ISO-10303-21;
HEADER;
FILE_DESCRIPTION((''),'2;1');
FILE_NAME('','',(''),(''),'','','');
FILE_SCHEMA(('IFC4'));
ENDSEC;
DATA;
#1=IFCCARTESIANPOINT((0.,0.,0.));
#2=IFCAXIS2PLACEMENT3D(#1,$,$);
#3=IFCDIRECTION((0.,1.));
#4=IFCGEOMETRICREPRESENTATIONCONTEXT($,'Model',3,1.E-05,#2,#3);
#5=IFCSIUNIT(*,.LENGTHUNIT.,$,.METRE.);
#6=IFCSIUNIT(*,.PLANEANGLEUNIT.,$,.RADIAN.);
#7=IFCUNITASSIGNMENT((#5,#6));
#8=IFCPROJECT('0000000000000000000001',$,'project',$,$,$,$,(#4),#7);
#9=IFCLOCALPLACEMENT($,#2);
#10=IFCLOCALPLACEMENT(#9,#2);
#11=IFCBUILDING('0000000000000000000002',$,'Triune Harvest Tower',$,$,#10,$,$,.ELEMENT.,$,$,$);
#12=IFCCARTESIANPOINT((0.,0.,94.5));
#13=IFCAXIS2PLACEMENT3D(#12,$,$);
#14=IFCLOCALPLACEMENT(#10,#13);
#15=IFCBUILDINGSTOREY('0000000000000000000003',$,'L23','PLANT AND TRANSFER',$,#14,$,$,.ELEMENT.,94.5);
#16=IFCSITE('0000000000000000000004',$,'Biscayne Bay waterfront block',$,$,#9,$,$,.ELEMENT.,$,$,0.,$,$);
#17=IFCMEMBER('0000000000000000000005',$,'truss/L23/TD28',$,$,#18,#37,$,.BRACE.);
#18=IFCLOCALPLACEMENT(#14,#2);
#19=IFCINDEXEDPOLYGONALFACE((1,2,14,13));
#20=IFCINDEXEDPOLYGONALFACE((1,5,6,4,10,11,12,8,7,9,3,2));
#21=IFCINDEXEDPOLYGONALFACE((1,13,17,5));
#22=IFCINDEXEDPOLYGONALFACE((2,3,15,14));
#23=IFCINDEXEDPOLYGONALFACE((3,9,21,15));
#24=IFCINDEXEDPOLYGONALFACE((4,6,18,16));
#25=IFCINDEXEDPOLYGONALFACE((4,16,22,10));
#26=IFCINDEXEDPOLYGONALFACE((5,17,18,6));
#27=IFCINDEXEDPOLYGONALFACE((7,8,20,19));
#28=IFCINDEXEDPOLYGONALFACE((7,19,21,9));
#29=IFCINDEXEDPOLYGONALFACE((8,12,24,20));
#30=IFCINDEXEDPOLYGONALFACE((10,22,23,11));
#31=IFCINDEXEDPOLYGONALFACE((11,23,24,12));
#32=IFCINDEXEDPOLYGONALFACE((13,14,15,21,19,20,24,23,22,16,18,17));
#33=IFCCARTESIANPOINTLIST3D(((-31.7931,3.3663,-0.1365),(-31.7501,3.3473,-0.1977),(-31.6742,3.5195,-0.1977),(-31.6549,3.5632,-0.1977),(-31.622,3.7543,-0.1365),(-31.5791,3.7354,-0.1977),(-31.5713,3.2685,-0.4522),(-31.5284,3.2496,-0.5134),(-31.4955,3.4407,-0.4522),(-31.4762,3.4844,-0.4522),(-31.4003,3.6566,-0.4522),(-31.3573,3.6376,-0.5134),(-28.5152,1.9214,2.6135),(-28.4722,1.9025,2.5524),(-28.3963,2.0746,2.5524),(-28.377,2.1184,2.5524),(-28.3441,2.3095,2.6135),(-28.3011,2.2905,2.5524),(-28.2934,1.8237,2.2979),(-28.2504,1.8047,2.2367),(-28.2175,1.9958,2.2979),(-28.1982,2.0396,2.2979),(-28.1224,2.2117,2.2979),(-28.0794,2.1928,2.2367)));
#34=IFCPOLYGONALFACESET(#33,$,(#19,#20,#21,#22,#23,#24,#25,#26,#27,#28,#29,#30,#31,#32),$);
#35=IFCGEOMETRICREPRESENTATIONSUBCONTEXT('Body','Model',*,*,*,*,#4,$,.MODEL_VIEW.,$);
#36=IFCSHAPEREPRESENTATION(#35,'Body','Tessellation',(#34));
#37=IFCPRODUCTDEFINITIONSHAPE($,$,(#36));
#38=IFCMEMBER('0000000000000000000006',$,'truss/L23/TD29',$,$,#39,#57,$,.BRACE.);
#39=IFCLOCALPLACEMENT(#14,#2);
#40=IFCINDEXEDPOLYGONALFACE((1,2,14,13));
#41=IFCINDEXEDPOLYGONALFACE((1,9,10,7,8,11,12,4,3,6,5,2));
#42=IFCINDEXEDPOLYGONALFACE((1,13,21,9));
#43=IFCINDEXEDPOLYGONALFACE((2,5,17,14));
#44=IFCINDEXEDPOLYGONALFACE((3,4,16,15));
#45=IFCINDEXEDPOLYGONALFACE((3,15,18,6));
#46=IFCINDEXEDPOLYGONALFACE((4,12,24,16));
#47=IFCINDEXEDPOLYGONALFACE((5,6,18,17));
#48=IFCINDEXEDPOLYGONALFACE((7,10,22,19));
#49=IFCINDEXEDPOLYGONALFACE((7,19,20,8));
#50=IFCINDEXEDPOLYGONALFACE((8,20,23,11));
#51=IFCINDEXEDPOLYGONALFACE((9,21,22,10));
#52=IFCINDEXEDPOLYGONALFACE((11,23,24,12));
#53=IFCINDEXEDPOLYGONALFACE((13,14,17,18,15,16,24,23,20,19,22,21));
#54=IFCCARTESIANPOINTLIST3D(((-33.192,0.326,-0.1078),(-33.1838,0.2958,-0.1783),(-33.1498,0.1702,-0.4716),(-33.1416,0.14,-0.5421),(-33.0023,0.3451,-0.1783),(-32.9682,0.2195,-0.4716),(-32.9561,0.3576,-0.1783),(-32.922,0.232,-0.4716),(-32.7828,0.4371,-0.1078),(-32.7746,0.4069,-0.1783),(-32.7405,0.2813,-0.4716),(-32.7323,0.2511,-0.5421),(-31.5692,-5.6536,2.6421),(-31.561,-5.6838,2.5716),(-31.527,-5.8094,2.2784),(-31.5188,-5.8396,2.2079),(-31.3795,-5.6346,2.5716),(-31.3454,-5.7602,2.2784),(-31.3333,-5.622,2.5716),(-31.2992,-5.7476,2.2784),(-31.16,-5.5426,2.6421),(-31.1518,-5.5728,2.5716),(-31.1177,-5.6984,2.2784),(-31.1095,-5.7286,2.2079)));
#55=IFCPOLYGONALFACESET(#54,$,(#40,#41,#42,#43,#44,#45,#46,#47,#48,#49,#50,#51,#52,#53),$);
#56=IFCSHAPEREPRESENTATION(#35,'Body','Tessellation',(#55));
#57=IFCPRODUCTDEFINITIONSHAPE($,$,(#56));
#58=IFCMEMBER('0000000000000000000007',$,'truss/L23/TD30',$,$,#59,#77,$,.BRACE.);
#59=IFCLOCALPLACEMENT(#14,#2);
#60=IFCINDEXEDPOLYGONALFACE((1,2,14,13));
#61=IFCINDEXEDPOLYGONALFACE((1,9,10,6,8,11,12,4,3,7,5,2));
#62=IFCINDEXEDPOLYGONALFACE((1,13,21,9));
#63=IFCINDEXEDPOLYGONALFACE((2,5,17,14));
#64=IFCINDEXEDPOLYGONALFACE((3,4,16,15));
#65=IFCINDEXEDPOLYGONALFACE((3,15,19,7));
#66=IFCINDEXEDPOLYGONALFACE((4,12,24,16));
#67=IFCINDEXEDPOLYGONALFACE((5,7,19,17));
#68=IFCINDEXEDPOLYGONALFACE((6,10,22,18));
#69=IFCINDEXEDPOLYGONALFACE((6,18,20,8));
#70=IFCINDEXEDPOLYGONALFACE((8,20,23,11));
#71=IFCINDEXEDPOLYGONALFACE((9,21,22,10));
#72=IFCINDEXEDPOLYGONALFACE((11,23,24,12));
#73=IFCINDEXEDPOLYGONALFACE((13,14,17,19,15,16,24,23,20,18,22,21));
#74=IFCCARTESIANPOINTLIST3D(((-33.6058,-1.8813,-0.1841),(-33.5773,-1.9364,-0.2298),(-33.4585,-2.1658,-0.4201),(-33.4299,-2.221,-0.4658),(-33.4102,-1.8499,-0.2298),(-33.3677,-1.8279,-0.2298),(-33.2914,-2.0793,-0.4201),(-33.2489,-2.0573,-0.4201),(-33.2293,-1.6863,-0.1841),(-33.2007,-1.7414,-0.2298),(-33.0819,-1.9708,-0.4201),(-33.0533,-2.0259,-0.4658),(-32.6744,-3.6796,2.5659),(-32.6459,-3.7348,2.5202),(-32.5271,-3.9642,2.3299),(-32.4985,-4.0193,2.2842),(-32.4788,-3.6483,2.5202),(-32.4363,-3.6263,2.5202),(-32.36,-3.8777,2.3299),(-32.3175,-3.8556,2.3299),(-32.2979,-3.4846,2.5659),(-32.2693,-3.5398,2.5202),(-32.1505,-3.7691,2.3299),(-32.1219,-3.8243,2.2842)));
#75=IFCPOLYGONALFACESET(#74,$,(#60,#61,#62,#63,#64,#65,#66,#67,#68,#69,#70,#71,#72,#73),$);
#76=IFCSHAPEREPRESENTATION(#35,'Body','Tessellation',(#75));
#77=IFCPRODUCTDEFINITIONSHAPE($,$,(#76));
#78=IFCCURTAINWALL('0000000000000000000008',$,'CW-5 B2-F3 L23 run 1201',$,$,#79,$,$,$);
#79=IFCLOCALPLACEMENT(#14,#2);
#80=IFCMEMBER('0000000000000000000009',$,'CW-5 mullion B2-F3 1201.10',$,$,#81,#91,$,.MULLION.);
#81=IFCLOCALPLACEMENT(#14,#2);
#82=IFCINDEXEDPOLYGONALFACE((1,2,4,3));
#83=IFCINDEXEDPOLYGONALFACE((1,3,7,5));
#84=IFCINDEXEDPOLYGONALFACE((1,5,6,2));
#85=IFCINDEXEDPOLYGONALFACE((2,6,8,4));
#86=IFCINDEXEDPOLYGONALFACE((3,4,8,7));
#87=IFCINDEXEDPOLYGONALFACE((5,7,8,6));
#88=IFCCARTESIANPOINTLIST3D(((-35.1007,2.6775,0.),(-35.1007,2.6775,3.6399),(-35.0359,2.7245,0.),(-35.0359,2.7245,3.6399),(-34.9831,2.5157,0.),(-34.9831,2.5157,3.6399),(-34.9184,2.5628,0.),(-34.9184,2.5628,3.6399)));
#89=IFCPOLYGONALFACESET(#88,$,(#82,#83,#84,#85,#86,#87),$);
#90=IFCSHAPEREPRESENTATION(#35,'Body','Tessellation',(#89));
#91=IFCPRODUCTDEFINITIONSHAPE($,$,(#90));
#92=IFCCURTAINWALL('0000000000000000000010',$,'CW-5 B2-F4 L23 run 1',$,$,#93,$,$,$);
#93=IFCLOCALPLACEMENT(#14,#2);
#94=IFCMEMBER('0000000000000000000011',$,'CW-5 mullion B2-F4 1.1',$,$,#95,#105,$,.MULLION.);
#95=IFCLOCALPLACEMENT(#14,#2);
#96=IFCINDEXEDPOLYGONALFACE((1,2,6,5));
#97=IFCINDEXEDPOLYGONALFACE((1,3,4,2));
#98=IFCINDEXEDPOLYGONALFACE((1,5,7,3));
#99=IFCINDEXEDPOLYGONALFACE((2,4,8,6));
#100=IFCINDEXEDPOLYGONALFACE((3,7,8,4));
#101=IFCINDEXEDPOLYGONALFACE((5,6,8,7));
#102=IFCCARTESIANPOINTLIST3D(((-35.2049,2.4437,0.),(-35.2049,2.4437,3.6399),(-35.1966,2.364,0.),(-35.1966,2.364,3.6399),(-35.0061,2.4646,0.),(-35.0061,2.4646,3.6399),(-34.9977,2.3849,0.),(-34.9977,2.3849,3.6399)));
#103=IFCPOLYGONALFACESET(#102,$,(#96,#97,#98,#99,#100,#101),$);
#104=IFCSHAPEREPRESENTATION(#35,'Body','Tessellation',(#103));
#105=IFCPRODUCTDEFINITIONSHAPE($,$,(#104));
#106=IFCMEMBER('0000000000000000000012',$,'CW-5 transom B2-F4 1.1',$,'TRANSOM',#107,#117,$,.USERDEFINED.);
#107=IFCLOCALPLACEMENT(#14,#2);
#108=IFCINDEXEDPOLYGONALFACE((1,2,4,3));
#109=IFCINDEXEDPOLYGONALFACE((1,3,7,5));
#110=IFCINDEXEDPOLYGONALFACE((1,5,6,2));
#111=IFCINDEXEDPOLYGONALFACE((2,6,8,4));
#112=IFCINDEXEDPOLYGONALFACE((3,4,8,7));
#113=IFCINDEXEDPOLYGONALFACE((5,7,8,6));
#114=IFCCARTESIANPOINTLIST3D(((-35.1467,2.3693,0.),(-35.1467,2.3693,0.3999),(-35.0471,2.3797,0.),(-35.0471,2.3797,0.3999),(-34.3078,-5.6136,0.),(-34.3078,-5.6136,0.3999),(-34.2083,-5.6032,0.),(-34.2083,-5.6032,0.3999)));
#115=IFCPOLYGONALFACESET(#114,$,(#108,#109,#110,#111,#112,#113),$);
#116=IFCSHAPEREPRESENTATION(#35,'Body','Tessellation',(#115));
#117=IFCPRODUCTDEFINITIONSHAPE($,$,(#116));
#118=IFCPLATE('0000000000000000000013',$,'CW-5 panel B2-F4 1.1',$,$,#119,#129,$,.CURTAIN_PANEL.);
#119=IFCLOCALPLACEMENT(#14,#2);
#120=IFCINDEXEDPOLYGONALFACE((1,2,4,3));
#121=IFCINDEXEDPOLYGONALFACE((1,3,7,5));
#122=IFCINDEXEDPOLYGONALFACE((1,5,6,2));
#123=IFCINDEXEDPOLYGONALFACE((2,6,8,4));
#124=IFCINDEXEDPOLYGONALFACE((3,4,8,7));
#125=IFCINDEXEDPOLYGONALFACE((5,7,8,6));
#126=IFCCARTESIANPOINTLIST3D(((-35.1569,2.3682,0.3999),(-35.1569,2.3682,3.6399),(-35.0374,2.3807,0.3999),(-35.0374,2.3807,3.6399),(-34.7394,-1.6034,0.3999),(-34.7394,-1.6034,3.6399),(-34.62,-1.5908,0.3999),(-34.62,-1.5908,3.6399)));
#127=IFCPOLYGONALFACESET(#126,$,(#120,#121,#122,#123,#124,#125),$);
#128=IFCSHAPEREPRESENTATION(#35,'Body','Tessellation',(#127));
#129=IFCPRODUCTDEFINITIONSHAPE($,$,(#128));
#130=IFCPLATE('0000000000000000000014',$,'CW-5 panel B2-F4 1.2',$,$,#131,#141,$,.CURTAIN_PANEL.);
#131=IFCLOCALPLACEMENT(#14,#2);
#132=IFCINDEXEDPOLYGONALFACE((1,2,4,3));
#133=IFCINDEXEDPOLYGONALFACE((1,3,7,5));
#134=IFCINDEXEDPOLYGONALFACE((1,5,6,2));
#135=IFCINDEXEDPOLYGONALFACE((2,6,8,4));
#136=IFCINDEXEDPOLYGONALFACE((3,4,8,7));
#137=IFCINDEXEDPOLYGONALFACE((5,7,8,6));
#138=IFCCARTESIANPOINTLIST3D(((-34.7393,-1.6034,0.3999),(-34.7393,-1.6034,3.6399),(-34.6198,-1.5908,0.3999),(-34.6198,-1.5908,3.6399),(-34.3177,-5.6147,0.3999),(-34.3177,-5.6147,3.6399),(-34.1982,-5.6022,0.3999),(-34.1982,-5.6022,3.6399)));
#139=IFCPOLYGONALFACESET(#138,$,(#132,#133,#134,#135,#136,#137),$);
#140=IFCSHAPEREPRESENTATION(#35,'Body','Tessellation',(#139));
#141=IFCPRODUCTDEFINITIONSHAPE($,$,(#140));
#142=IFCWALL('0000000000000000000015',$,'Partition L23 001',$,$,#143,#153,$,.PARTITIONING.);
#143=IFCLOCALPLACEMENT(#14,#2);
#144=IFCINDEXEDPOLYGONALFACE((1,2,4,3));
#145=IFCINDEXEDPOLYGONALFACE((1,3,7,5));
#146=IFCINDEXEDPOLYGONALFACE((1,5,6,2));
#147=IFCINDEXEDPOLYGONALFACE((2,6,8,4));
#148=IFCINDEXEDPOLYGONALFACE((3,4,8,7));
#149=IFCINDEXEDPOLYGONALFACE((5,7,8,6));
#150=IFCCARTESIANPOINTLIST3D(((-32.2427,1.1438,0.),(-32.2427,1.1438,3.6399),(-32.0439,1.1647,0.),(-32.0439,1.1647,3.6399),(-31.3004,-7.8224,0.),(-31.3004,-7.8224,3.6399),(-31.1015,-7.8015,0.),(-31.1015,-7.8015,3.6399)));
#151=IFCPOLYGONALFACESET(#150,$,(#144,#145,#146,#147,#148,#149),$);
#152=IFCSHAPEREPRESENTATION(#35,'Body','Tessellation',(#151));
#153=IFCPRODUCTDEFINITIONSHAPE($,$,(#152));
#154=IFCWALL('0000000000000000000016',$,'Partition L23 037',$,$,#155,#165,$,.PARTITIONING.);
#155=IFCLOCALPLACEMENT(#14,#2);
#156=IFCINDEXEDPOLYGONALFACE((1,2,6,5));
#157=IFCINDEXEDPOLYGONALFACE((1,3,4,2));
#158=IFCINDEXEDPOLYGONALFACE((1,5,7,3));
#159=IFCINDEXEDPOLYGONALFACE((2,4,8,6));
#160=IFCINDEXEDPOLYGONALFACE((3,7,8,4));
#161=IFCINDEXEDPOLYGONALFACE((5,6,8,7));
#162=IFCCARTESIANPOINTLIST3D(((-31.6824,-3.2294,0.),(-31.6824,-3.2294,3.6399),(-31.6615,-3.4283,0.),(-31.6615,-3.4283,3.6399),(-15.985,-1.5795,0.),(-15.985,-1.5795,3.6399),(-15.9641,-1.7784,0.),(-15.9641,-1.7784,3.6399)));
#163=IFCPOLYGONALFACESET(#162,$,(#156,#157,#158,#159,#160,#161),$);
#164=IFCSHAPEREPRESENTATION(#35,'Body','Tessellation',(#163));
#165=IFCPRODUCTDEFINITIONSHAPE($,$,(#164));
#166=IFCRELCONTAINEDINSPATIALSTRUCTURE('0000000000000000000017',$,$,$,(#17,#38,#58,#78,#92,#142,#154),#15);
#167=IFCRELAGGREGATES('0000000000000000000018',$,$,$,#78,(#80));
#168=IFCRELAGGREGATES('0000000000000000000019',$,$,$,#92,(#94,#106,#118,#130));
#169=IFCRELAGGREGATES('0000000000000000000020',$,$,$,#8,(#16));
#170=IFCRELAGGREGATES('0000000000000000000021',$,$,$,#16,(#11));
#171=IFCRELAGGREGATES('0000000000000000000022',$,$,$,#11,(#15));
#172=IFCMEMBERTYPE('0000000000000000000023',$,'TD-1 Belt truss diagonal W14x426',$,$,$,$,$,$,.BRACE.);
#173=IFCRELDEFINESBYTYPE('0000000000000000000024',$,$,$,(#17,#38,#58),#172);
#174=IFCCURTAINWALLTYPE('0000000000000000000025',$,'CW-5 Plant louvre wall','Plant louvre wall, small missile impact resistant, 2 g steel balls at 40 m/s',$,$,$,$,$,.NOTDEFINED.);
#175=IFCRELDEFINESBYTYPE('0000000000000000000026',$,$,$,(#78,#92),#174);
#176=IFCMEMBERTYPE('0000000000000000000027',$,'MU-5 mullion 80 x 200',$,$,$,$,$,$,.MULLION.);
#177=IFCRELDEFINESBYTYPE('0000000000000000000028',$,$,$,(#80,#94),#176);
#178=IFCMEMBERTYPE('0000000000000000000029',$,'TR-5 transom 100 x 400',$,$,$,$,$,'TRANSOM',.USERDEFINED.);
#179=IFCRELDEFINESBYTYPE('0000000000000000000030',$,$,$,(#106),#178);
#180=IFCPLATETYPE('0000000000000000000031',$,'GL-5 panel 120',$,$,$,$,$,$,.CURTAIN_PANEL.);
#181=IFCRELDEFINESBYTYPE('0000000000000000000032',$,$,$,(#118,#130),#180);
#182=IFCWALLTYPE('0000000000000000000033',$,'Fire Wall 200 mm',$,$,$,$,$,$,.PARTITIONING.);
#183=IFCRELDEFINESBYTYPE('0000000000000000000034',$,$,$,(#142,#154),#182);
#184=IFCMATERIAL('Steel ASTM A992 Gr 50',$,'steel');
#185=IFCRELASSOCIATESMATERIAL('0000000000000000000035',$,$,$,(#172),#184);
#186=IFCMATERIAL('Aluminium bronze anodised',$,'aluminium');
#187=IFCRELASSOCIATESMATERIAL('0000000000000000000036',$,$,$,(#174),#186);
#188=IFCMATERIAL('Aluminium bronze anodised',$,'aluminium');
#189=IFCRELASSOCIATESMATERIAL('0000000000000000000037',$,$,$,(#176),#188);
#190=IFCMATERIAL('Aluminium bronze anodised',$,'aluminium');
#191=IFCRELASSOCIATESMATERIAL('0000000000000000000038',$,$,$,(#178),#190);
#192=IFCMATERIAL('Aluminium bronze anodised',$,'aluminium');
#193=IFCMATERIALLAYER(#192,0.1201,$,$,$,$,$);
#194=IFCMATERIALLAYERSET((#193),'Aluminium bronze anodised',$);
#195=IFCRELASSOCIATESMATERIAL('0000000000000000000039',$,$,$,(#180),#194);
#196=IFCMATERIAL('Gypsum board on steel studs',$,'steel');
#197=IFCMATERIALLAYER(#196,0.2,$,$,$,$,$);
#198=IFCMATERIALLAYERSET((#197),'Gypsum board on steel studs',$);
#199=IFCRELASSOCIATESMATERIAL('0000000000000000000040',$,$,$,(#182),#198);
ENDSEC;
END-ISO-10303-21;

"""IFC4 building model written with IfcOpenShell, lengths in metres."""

from ifc_helpers import new_model, si_unit, direction, frame, frame_2d, origin, origin_2d, place, context, subcontext, project, spatial, rectangle, i_section, extrude, source, transform, mapped, material, layer, layer_set, material_profile, profile_set, type_object, element, aggregate, save


model = new_model("IFC4")

# Units and contexts
model_context = context("Model", 3, precision=1e-05, world=origin(), true_north=direction((0.0, 1.0)))
body_context = subcontext(model_context, "Body", "Model", "MODEL_VIEW")
ifc_project = project(units=[si_unit("LENGTHUNIT", "METRE"), si_unit("PLANEANGLEUNIT", "RADIAN")], contexts=[model_context])

# Site, building, storey
site_placement = place(None, origin())
site = spatial("IfcSite", under=ifc_project, at=site_placement, Name="Biscayne Bay waterfront block", CompositionType="ELEMENT", RefElevation=0.0)
building_placement = place(site_placement, origin())
building = spatial("IfcBuilding", under=site, at=building_placement, Name="Triune Harvest Tower", CompositionType="ELEMENT")
storey_placement = place(building_placement, frame((0.0, 0.0, 94.5)))
storey = spatial("IfcBuildingStorey", under=building, at=storey_placement, Name="L23", Description="PLANT AND TRANSFER", CompositionType="ELEMENT", Elevation=94.5)

# Members
ifc_material_1 = material(Name="Steel ASTM A992 Gr 50", Category="steel")
ifc_material_profile_1 = material_profile(ifc_material_1, i_section(OverallWidth=0.4241, OverallDepth=0.4751, WebThickness=0.0479, FlangeThickness=0.0771, at=origin_2d()), Name="W14x426")
ifc_profile_set_1 = profile_set([ifc_material_profile_1], Name="Steel ASTM A992 Gr 50")
member_type_1 = type_object("IfcMemberType", Name="TD-1 Belt truss diagonal W14x426", PredefinedType="BRACE", material=ifc_profile_set_1)
shared_shape_1 = source(origin(), body_context, "Body", "SweptSolid", [
    extrude(i_section(OverallWidth=0.4241, OverallDepth=0.4751, WebThickness=0.0479, FlangeThickness=0.0771, at=origin_2d()), origin(), (0.0, 0.0, 1.0), 4.5161),
])
member_1_placement = place(storey_placement, frame((-31.5752, 3.502, -0.325), z_axis=(0.725827, -0.319935, 0.608947), x_axis=(0.403342, 0.91505, 0.0)))
element("IfcMember", 1, at=member_1_placement, inside=storey, type_object=member_type_1, Name="truss/L23/TD28", PredefinedType="BRACE", context=body_context, shape_type="MappedRepresentation", body=[
    mapped(shared_shape_1, transform((0.0, 0.0, 0.0), scale=1.0)),
])
shared_shape_2 = source(origin(), body_context, "Body", "SweptSolid", [
    extrude(i_section(OverallWidth=0.4241, OverallDepth=0.4751, WebThickness=0.0479, FlangeThickness=0.0771, at=origin_2d()), origin(), (0.0, 0.0, 1.0), 6.7788),
])
member_2_placement = place(storey_placement, frame((-32.9622, 0.2886, -0.325), z_axis=(0.239391, -0.882113, 0.405672), x_axis=(0.965092, 0.26191, 0.0)))
element("IfcMember", 2, at=member_2_placement, inside=storey, type_object=member_type_1, Name="truss/L23/TD29", PredefinedType="BRACE", context=body_context, shape_type="MappedRepresentation", body=[
    mapped(shared_shape_2, transform((0.0, 0.0, 0.0), scale=1.0)),
])
shared_shape_3 = source(origin(), body_context, "Body", "SweptSolid", [
    extrude(i_section(OverallWidth=0.4241, OverallDepth=0.4751, WebThickness=0.0479, FlangeThickness=0.0771, at=origin_2d()), origin(), (0.0, 0.0, 1.0), 3.4153),
])
member_3_placement = place(storey_placement, frame((-33.3296, -1.9536, -0.325), z_axis=(0.272716, -0.52656, 0.805209), x_axis=(0.887972, 0.459898, 0.0)))
element("IfcMember", 3, at=member_3_placement, inside=storey, type_object=member_type_1, Name="truss/L23/TD30", PredefinedType="BRACE", context=body_context, shape_type="MappedRepresentation", body=[
    mapped(shared_shape_3, transform((0.0, 0.0, 0.0), scale=1.0)),
])

# Curtain wall, member
ifc_material_2 = material(Name="Aluminium bronze anodised", Category="aluminium")
curtain_wall_type = type_object("IfcCurtainWallType", Name="CW-5 Plant louvre wall", Description="Plant louvre wall, small missile impact resistant, 2 g steel balls at 40 m/s", PredefinedType="NOTDEFINED", material=ifc_material_2)
curtain_wall_1_placement = place(storey_placement, origin())
curtain_wall_1 = element("IfcCurtainWall", 4, at=curtain_wall_1_placement, inside=storey, type_object=curtain_wall_type, Name="CW-5 B2-F3 L23 run 1201")
ifc_material_3 = material(Name="Aluminium bronze anodised", Category="aluminium")
ifc_material_profile_2 = material_profile(ifc_material_3, rectangle(XDim=0.2, YDim=0.0801, at=origin_2d()), Name="MU-5 mullion 80 x 200")
ifc_profile_set_2 = profile_set([ifc_material_profile_2], Name="Aluminium bronze anodised")
member_type_2 = type_object("IfcMemberType", Name="MU-5 mullion 80 x 200", PredefinedType="MULLION", material=ifc_profile_set_2)
shared_shape_4 = source(origin(), body_context, "Body", "SweptSolid", [
    extrude(rectangle(XDim=0.2, YDim=0.0801, at=origin_2d()), origin(), (0.0, 0.0, 1.0), 3.6399),
])
member_4_placement = place(storey_placement, frame((-35.0095, 2.6201, 0.0), z_axis=(0.0, 0.0, 1.0), x_axis=(0.587786, -0.809016, 0.0)))
member_4 = element("IfcMember", 5, at=member_4_placement, type_object=member_type_2, Name="CW-5 mullion B2-F3 1201.10", PredefinedType="MULLION", context=body_context, shape_type="MappedRepresentation", body=[
    mapped(shared_shape_4, transform((0.0, 0.0, 0.0), scale=1.0)),
])
aggregate(curtain_wall_1, [member_4])

# Curtain wall, members, plates
curtain_wall_2_placement = place(storey_placement, origin())
curtain_wall_2 = element("IfcCurtainWall", 6, at=curtain_wall_2_placement, inside=storey, type_object=curtain_wall_type, Name="CW-5 B2-F4 L23 run 1")
member_5_placement = place(storey_placement, frame((-35.1013, 2.4143, 0.0), z_axis=(0.0, 0.0, 1.0), x_axis=(0.994522, 0.104529, 0.0)))
member_5 = element("IfcMember", 7, at=member_5_placement, type_object=member_type_2, Name="CW-5 mullion B2-F4 1.1", PredefinedType="MULLION", context=body_context, shape_type="MappedRepresentation", body=[
    mapped(shared_shape_4, transform((0.0, 0.0, 0.0), scale=1.0)),
])
ifc_material_4 = material(Name="Aluminium bronze anodised", Category="aluminium")
ifc_material_profile_3 = material_profile(ifc_material_4, rectangle(XDim=0.1001, YDim=0.3999, at=origin_2d()), Name="TR-5 transom 100 x 400")
ifc_profile_set_3 = profile_set([ifc_material_profile_3], Name="Aluminium bronze anodised")
member_type_3 = type_object("IfcMemberType", Name="TR-5 transom 100 x 400", ElementType="TRANSOM", PredefinedType="USERDEFINED", material=ifc_profile_set_3)
shared_shape_5 = source(origin(), body_context, "Body", "SweptSolid", [
    extrude(rectangle(XDim=0.1001, YDim=0.3999, at=origin_2d()), origin(), (0.0, 0.0, 1.0), 8.0269),
])
member_6_placement = place(storey_placement, frame((-35.0969, 2.3745, 0.2), z_axis=(0.104507, -0.994524, 0.0), x_axis=(0.994524, 0.104507, 0.0)))
member_6 = element("IfcMember", 8, at=member_6_placement, type_object=member_type_3, Name="CW-5 transom B2-F4 1.1", ObjectType="TRANSOM", PredefinedType="USERDEFINED", context=body_context, shape_type="MappedRepresentation", body=[
    mapped(shared_shape_5, transform((0.0, 0.0, 0.0), scale=1.0)),
])
ifc_material_5 = material(Name="Aluminium bronze anodised", Category="aluminium")
ifc_layer_1 = layer(ifc_material_5, 0.1201)
ifc_layer_set_1 = layer_set([ifc_layer_1], Name="Aluminium bronze anodised")
plate_type = type_object("IfcPlateType", Name="GL-5 panel 120", PredefinedType="CURTAIN_PANEL", material=ifc_layer_set_1)
shared_shape_6 = source(origin(), body_context, "Body", "SweptSolid", [
    extrude(rectangle(XDim=3.9934, YDim=0.1201, at=origin_2d()), origin(), (0.0, 0.0, 1.0), 3.24),
])
plate_1_placement = place(storey_placement, frame((-34.8884, 0.3887, 0.3999), z_axis=(0.0, 0.0, 1.0), x_axis=(0.104529, -0.994522, 0.0)))
plate_1 = element("IfcPlate", 9, at=plate_1_placement, type_object=plate_type, Name="CW-5 panel B2-F4 1.1", PredefinedType="CURTAIN_PANEL", context=body_context, shape_type="MappedRepresentation", body=[
    mapped(shared_shape_6, transform((0.0, 0.0, 0.0), scale=1.0)),
])
shared_shape_7 = source(origin(), body_context, "Body", "SweptSolid", [
    extrude(rectangle(XDim=4.0334, YDim=0.1201, at=origin_2d()), origin(), (0.0, 0.0, 1.0), 3.24),
])
plate_2_placement = place(storey_placement, frame((-34.4688, -3.6028, 0.3999), z_axis=(0.0, 0.0, 1.0), x_axis=(0.104529, -0.994522, 0.0)))
plate_2 = element("IfcPlate", 10, at=plate_2_placement, type_object=plate_type, Name="CW-5 panel B2-F4 1.2", PredefinedType="CURTAIN_PANEL", context=body_context, shape_type="MappedRepresentation", body=[
    mapped(shared_shape_7, transform((0.0, 0.0, 0.0), scale=1.0)),
])
aggregate(curtain_wall_2, [member_5, member_6, plate_1, plate_2])

# Walls
ifc_material_6 = material(Name="Gypsum board on steel studs", Category="steel")
ifc_layer_2 = layer(ifc_material_6, 0.2)
ifc_layer_set_2 = layer_set([ifc_layer_2], Name="Gypsum board on steel studs")
wall_type = type_object("IfcWallType", Name="Fire Wall 200 mm", PredefinedType="PARTITIONING", material=ifc_layer_set_2)
wall_1_placement = place(storey_placement, frame((-32.1433, 1.1543, 0.0), z_axis=(0.0, 0.0, 1.0), x_axis=(0.104527, -0.994522, 0.0)))
element("IfcWall", 11, at=wall_1_placement, inside=storey, type_object=wall_type, Name="Partition L23 001", PredefinedType="PARTITIONING", context=body_context, shape_type="SweptSolid", body=[
    extrude(rectangle(XDim=9.0156, YDim=0.2, at=frame_2d((4.5078, 0.0))), origin(), (0.0, 0.0, 1.0), 3.6399),
])
wall_2_placement = place(storey_placement, frame((-31.6721, -3.3289, 0.0), z_axis=(0.0, 0.0, 1.0), x_axis=(0.994522, 0.10453, 0.0)))
element("IfcWall", 12, at=wall_2_placement, inside=storey, type_object=wall_type, Name="Partition L23 037", PredefinedType="PARTITIONING", context=body_context, shape_type="SweptSolid", body=[
    extrude(rectangle(XDim=15.7839, YDim=0.2, at=frame_2d((7.8921, 0.0))), origin(), (0.0, 0.0, 1.0), 3.6399),
])

save(model, "model.ifc")
